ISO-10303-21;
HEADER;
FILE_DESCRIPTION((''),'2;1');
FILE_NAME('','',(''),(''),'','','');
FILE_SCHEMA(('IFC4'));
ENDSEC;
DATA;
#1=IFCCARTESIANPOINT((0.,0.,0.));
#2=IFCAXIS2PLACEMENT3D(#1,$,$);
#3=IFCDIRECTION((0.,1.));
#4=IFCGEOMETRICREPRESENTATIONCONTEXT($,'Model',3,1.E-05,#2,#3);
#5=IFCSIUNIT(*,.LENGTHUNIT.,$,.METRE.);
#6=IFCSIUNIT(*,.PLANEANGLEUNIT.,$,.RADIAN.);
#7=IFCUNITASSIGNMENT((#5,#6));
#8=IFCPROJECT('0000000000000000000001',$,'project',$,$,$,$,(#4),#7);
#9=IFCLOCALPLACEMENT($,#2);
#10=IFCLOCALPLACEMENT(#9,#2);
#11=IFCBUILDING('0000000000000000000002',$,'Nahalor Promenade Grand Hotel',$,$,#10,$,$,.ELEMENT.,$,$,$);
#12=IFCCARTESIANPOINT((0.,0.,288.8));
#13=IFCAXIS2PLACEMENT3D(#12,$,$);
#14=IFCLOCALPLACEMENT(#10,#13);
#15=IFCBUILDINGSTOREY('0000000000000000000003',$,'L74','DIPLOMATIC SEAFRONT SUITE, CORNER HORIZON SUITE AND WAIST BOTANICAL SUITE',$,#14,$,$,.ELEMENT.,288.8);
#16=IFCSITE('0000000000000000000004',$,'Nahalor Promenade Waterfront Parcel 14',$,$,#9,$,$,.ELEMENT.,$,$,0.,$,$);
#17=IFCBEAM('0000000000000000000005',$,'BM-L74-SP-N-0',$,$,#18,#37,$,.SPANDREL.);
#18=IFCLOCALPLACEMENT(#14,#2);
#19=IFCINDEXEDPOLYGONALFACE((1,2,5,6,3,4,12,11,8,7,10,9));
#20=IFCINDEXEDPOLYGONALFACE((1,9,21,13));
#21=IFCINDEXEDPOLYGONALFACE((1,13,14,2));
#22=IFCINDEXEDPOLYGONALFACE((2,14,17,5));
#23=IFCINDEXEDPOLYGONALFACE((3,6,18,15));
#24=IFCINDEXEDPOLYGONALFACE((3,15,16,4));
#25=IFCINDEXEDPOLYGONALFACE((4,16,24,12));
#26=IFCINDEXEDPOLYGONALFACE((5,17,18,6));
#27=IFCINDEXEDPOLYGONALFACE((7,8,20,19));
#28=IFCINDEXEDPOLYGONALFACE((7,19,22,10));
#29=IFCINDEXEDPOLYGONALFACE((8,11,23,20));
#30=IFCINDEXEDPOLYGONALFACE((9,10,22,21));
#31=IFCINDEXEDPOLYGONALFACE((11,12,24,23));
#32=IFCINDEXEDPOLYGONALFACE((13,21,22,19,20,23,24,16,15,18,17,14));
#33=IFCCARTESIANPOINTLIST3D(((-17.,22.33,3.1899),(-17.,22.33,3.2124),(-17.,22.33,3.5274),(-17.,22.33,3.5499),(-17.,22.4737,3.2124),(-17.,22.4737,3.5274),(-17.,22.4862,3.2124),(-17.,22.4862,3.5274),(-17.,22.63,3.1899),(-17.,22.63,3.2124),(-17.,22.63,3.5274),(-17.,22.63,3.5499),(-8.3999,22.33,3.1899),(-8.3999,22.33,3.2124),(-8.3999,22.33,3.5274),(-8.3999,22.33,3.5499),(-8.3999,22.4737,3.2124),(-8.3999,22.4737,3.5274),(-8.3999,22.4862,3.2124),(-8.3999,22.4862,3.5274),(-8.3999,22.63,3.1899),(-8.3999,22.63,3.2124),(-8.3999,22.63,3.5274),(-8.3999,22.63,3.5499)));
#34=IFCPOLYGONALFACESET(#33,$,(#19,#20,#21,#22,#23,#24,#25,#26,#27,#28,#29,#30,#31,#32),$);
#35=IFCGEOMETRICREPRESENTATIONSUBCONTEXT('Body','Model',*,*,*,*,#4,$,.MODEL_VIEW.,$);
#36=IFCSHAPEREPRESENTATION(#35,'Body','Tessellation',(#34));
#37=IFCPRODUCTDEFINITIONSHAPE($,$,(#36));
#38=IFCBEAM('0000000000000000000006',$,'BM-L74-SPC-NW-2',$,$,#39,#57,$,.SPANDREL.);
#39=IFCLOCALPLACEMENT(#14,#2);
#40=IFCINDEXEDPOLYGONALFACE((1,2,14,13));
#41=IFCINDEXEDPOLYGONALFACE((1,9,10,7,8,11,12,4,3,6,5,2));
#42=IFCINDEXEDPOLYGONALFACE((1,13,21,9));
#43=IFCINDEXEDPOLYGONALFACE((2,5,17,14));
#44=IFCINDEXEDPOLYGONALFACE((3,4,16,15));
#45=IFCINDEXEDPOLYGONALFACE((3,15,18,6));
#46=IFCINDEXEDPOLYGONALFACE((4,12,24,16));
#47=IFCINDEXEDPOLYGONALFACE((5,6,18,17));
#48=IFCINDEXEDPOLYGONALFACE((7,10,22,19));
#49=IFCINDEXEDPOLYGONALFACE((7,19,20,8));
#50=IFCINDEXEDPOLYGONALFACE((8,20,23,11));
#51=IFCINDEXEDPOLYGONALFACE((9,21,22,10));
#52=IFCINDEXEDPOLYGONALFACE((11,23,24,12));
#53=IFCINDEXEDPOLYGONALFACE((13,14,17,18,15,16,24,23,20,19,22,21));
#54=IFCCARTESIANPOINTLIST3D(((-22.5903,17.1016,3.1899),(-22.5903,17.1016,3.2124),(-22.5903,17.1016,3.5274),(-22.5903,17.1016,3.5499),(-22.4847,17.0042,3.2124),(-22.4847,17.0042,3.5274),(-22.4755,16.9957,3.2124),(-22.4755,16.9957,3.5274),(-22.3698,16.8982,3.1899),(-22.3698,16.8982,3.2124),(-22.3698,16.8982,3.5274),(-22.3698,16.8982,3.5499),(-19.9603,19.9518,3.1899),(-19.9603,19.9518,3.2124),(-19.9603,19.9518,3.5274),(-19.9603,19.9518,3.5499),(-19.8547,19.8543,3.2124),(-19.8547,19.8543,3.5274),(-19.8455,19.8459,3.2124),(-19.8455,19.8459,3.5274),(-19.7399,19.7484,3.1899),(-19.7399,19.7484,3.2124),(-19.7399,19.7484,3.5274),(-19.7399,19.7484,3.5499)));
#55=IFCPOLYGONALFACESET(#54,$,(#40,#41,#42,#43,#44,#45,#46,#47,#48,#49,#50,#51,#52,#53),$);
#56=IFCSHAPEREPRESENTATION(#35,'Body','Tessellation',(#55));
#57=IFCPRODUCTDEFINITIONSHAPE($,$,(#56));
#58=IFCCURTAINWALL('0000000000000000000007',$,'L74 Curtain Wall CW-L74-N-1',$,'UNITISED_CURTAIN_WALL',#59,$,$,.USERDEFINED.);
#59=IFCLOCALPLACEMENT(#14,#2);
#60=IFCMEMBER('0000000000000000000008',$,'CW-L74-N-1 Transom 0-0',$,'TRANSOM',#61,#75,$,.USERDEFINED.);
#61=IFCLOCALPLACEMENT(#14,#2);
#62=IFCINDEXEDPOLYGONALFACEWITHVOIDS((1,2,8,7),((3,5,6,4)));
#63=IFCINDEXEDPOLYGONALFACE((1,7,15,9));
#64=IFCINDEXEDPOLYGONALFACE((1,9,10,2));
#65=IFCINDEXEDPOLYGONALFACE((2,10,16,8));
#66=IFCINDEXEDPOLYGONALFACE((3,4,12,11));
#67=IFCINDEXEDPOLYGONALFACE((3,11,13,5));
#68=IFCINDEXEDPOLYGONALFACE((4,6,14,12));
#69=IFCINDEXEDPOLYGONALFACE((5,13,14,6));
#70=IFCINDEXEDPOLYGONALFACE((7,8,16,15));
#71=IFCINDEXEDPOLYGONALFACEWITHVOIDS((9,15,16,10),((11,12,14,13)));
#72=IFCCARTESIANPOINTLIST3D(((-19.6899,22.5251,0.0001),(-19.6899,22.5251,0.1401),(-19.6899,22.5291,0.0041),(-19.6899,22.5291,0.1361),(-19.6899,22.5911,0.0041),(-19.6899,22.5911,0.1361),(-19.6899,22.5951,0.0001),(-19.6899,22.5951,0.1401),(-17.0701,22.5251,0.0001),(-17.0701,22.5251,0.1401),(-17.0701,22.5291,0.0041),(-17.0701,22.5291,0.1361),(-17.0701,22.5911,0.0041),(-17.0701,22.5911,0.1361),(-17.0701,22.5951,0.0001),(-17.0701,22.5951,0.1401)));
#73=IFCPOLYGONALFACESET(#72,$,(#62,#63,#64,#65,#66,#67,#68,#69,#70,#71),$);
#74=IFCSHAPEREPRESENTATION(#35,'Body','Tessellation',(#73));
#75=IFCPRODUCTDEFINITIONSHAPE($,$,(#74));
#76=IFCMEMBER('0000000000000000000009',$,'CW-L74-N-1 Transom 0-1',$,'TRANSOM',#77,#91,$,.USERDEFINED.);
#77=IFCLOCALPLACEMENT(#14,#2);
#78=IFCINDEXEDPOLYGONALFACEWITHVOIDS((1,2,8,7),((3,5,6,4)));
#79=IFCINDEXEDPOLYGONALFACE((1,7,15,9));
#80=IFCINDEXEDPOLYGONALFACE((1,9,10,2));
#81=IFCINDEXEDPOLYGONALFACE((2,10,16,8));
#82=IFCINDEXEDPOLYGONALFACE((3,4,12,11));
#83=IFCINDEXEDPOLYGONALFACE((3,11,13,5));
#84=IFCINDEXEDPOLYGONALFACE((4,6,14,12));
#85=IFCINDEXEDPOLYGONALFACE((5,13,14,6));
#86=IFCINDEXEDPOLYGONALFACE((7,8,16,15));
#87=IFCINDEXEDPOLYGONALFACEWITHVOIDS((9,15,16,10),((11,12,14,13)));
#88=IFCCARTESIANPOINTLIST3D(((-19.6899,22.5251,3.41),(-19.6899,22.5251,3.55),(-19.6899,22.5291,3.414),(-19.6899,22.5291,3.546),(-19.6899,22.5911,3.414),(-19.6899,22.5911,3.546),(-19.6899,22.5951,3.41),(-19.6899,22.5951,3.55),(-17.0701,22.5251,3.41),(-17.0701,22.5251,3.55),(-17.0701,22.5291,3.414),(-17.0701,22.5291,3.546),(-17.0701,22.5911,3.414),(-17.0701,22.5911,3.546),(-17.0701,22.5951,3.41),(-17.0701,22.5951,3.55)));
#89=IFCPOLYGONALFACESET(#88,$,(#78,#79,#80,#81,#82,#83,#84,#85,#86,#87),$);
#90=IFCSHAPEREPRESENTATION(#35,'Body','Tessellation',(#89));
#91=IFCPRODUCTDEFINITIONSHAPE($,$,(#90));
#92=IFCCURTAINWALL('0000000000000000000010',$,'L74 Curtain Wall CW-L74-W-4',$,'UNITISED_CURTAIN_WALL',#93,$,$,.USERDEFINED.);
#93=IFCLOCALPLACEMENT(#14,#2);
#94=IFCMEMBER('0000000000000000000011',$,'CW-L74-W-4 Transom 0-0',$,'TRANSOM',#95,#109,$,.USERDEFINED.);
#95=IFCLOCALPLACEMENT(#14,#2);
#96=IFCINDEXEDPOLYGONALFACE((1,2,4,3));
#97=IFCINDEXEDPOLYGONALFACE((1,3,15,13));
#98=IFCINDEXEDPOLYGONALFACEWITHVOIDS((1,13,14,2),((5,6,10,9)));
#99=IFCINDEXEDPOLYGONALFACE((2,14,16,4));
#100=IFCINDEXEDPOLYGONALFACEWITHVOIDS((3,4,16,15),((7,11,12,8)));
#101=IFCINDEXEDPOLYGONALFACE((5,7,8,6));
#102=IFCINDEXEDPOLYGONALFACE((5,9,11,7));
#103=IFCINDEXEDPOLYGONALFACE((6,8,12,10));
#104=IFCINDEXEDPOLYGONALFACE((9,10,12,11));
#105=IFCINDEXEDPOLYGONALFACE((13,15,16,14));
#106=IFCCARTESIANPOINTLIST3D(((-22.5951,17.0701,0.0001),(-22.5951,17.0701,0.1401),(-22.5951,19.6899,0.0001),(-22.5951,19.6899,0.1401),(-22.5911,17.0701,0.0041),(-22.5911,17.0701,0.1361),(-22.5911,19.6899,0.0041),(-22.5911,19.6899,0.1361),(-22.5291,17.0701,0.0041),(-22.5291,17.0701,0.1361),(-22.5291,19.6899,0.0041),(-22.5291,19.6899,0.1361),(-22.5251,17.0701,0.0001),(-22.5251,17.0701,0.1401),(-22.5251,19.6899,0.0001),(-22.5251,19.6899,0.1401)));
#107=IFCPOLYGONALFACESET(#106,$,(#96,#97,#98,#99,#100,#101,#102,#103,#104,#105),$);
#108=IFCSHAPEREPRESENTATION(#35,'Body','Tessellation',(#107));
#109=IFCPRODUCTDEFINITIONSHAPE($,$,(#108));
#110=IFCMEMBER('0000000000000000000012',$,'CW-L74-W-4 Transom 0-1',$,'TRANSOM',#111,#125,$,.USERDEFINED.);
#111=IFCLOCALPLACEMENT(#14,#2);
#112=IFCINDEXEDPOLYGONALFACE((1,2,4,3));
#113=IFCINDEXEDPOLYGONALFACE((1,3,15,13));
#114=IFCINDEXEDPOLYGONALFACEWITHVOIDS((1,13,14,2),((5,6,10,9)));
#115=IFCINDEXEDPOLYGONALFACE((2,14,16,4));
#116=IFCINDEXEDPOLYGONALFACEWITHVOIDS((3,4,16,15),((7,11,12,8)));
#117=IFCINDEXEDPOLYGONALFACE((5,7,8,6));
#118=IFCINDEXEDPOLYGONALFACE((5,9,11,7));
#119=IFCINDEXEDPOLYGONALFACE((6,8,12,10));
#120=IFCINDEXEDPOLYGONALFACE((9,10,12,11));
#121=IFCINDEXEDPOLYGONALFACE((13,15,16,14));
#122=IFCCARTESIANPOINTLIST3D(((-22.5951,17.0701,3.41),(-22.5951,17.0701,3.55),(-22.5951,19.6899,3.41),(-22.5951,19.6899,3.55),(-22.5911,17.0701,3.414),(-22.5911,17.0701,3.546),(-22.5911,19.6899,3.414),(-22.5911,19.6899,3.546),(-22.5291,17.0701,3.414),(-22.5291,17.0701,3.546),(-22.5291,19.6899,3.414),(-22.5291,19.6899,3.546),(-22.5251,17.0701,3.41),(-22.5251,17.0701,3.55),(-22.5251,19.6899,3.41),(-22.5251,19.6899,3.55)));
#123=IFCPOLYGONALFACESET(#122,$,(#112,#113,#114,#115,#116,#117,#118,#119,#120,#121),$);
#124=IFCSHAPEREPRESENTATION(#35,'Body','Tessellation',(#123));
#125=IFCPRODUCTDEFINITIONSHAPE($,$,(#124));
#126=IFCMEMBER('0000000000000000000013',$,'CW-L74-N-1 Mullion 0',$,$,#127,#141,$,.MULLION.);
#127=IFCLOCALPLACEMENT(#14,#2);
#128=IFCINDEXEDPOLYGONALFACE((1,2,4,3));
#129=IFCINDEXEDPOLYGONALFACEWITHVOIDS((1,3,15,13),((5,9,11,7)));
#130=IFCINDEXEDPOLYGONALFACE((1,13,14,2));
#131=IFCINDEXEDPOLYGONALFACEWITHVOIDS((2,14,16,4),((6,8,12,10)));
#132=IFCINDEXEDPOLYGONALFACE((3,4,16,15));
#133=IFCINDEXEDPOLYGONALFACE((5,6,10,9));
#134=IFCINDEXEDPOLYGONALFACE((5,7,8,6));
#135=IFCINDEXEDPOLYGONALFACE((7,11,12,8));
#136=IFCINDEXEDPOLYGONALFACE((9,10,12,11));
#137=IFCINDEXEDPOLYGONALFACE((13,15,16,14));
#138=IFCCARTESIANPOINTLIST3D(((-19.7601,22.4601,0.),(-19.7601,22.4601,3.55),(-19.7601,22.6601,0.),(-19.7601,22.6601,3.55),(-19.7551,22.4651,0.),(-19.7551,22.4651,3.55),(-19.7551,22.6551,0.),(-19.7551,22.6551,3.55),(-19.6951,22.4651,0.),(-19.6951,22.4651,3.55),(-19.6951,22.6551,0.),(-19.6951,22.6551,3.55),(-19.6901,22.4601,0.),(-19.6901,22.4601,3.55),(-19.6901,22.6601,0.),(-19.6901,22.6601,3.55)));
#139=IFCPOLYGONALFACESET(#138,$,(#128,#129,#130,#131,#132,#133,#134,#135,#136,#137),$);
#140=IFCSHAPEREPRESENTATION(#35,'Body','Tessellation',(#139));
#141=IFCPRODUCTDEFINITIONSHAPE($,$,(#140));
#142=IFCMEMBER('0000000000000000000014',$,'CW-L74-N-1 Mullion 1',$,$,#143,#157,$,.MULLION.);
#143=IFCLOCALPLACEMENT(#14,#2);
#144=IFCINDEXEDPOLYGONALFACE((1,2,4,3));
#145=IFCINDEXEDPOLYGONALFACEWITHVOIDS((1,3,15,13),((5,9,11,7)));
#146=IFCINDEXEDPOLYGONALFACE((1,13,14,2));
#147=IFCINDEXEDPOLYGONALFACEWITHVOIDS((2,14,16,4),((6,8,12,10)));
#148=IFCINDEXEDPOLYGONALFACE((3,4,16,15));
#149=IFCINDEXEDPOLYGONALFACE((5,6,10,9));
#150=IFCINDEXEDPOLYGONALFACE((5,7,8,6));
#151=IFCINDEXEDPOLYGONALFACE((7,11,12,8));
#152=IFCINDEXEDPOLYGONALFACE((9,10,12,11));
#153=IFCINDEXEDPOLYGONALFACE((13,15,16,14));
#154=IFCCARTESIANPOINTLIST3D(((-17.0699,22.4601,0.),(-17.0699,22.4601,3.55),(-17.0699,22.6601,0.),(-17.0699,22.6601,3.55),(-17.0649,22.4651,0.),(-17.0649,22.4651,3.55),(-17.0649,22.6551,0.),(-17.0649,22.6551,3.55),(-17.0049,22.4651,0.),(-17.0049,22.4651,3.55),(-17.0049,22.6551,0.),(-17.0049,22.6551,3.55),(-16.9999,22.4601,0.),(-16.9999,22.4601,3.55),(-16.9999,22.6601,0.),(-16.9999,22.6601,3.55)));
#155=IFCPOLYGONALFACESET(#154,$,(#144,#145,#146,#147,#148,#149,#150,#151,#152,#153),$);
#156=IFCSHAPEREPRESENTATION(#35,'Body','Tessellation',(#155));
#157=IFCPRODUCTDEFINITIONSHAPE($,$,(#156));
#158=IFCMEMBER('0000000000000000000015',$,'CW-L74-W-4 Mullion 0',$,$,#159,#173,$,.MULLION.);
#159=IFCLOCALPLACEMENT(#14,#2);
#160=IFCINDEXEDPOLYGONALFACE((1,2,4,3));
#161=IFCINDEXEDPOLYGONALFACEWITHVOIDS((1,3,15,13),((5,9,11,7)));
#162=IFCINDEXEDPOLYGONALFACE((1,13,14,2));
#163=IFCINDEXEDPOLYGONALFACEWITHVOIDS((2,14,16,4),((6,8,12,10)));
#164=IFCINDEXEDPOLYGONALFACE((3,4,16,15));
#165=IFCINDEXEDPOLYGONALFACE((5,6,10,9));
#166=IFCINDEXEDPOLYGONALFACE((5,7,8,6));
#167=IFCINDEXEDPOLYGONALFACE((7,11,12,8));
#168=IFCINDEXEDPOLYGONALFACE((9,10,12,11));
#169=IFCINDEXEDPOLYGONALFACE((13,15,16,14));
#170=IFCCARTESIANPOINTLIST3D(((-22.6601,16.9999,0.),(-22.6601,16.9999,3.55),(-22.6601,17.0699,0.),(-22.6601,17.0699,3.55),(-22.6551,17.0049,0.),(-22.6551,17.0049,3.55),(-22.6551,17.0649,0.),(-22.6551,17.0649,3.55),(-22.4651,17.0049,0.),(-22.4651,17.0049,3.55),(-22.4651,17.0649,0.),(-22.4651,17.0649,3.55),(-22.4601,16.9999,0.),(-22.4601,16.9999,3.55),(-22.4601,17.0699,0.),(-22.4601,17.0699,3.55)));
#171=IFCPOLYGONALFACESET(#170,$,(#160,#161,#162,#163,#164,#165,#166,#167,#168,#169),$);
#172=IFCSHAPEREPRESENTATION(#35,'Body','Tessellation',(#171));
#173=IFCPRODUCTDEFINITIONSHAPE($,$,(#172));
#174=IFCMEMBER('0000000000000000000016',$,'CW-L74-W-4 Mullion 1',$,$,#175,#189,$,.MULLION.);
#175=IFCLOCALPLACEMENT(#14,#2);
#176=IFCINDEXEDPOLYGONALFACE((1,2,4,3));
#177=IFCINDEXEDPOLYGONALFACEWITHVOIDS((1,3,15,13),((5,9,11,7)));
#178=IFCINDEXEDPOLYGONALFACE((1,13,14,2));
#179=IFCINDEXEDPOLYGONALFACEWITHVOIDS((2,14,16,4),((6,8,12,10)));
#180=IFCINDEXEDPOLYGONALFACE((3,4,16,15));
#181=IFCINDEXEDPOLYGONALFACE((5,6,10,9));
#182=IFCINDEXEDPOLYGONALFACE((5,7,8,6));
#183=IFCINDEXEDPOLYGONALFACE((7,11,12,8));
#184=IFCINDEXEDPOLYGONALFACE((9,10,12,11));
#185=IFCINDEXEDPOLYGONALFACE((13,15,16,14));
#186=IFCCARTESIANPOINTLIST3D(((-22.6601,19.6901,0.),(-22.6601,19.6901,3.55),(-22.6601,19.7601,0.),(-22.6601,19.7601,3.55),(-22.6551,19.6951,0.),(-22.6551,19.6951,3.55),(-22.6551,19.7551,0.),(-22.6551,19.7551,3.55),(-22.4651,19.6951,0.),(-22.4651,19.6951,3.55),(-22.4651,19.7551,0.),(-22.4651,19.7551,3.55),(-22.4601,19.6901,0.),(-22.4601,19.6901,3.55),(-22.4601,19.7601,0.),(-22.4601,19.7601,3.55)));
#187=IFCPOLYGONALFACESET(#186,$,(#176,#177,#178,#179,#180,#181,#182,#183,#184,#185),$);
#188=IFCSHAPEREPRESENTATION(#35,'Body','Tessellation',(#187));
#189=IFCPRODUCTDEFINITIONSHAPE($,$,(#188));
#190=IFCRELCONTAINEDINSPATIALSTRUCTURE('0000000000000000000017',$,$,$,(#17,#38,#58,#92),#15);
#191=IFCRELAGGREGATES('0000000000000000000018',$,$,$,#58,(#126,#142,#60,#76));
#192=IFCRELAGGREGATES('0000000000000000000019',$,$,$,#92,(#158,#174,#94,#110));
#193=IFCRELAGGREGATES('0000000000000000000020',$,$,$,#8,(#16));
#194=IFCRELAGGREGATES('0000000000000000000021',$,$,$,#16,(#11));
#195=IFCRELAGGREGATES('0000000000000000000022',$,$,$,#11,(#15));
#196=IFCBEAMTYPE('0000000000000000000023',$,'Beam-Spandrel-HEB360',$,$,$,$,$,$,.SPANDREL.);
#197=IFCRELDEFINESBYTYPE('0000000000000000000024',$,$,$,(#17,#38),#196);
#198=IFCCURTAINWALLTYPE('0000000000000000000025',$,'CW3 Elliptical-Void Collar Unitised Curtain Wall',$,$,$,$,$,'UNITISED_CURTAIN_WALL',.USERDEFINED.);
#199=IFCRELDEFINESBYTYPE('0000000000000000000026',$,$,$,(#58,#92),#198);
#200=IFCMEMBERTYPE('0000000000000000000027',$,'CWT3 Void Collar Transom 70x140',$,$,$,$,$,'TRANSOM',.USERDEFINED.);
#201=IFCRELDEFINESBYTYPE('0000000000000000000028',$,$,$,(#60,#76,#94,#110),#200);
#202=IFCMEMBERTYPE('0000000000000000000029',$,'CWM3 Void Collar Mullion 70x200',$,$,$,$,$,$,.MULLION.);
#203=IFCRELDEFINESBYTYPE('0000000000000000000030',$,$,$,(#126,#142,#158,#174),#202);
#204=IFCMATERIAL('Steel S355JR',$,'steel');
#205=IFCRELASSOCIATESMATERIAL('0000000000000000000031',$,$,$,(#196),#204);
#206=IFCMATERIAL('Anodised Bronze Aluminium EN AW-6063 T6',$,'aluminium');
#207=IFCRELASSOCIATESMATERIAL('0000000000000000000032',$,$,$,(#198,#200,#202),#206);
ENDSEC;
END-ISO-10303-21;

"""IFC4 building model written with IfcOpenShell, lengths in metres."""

from ifc_helpers import new_model, si_unit, direction, frame, origin, origin_2d, place, context, subcontext, project, spatial, hollow_rectangle, i_section, extrude, source, transform, mapped, material, material_profile, profile_set, type_object, element, aggregate, save


model = new_model("IFC4")

# Units and contexts
model_context = context("Model", 3, precision=1e-05, world=origin(), true_north=direction((0.0, 1.0)))
body_context = subcontext(model_context, "Body", "Model", "MODEL_VIEW")
ifc_project = project(units=[si_unit("LENGTHUNIT", "METRE"), si_unit("PLANEANGLEUNIT", "RADIAN")], contexts=[model_context])

# Site, building, storey
site_placement = place(None, origin())
site = spatial("IfcSite", under=ifc_project, at=site_placement, Name="Nahalor Promenade Waterfront Parcel 14", CompositionType="ELEMENT", RefElevation=0.0)
building_placement = place(site_placement, origin())
building = spatial("IfcBuilding", under=site, at=building_placement, Name="Nahalor Promenade Grand Hotel", CompositionType="ELEMENT")
storey_placement = place(building_placement, frame((0.0, 0.0, 288.8)))
storey = spatial("IfcBuildingStorey", under=building, at=storey_placement, Name="L74", Description="DIPLOMATIC SEAFRONT SUITE, CORNER HORIZON SUITE AND WAIST BOTANICAL SUITE", CompositionType="ELEMENT", Elevation=288.8)

# Shared definitions
ifc_material_1 = material(Name="Steel S355JR", Category="steel")

# Beams
ifc_material_profile_1 = material_profile(ifc_material_1, i_section(OverallWidth=0.3, OverallDepth=0.36, WebThickness=0.0125, FlangeThickness=0.0225, at=origin_2d()), Name="HEB 360")
ifc_profile_set_1 = profile_set([ifc_material_profile_1], Name="Steel S355JR")
beam_type_1 = type_object("IfcBeamType", Name="Beam-Spandrel-HEB360", PredefinedType="SPANDREL", material=ifc_profile_set_1)
shared_shape_1 = source(origin(), body_context, "Body", "SweptSolid", [
    extrude(i_section(OverallWidth=0.3, OverallDepth=0.36, WebThickness=0.0125, FlangeThickness=0.0225, at=origin_2d()), origin(), (0.0, 0.0, 1.0), 8.6001),
])
beam_1_placement = place(storey_placement, frame((-17.0, 22.48, 3.3699), z_axis=(1.0, 0.0, 0.0), x_axis=(0.0, 1.0, 0.0)))
element("IfcBeam", 1, at=beam_1_placement, inside=storey, type_object=beam_type_1, Name="BM-L74-SP-N-0", PredefinedType="SPANDREL", context=body_context, shape_type="MappedRepresentation", body=[
    mapped(shared_shape_1, transform((0.0, 0.0, 0.0), scale=1.0)),
])
shared_shape_2 = source(origin(), body_context, "Body", "SweptSolid", [
    extrude(i_section(OverallWidth=0.3, OverallDepth=0.36, WebThickness=0.0125, FlangeThickness=0.0225, at=origin_2d()), origin(), (0.0, 0.0, 1.0), 3.8782),
])
beam_2_placement = place(storey_placement, frame((-19.8501, 19.8501, 3.3699), z_axis=(-0.678144, -0.734929, 0.0), x_axis=(0.734929, -0.678144, 0.0)))
element("IfcBeam", 2, at=beam_2_placement, inside=storey, type_object=beam_type_1, Name="BM-L74-SPC-NW-2", PredefinedType="SPANDREL", context=body_context, shape_type="MappedRepresentation", body=[
    mapped(shared_shape_2, transform((0.0, 0.0, 0.0), scale=1.0)),
])

# Curtain walls, members
ifc_material_2 = material(Name="Anodised Bronze Aluminium EN AW-6063 T6", Category="aluminium")
curtain_wall_type = type_object("IfcCurtainWallType", Name="CW3 Elliptical-Void Collar Unitised Curtain Wall", ElementType="UNITISED_CURTAIN_WALL", PredefinedType="USERDEFINED", material=ifc_material_2)
curtain_wall_1_placement = place(storey_placement, origin())
curtain_wall_1 = element("IfcCurtainWall", 3, at=curtain_wall_1_placement, inside=storey, type_object=curtain_wall_type, Name="L74 Curtain Wall CW-L74-N-1", ObjectType="UNITISED_CURTAIN_WALL", PredefinedType="USERDEFINED")
ifc_material_profile_2 = material_profile(ifc_material_2, hollow_rectangle(XDim=0.07, YDim=0.14, WallThickness=0.004, at=origin_2d()), Name="CWT 70x140x4")
ifc_profile_set_2 = profile_set([ifc_material_profile_2], Name="Anodised Bronze Aluminium EN AW-6063 T6")
member_type_1 = type_object("IfcMemberType", Name="CWT3 Void Collar Transom 70x140", ElementType="TRANSOM", PredefinedType="USERDEFINED", material=ifc_profile_set_2)
shared_shape_3 = source(origin(), body_context, "Body", "SweptSolid", [
    extrude(hollow_rectangle(XDim=0.07, YDim=0.14, WallThickness=0.004, at=origin_2d()), origin(), (0.0, 0.0, 1.0), 2.6199),
])
member_1_placement = place(storey_placement, frame((-19.6899, 22.5601, 0.0701), z_axis=(1.0, 0.0, 0.0), x_axis=(0.0, 1.0, 0.0)))
member_1 = element("IfcMember", 4, at=member_1_placement, type_object=member_type_1, Name="CW-L74-N-1 Transom 0-0", ObjectType="TRANSOM", PredefinedType="USERDEFINED", context=body_context, shape_type="MappedRepresentation", body=[
    mapped(shared_shape_3, transform((0.0, 0.0, 0.0), scale=1.0)),
])
member_2_placement = place(storey_placement, frame((-19.6899, 22.5601, 3.48), z_axis=(1.0, 0.0, 0.0), x_axis=(0.0, 1.0, 0.0)))
member_2 = element("IfcMember", 5, at=member_2_placement, type_object=member_type_1, Name="CW-L74-N-1 Transom 0-1", ObjectType="TRANSOM", PredefinedType="USERDEFINED", context=body_context, shape_type="MappedRepresentation", body=[
    mapped(shared_shape_3, transform((0.0, 0.0, 0.0), scale=1.0)),
])
curtain_wall_2_placement = place(storey_placement, origin())
curtain_wall_2 = element("IfcCurtainWall", 6, at=curtain_wall_2_placement, inside=storey, type_object=curtain_wall_type, Name="L74 Curtain Wall CW-L74-W-4", ObjectType="UNITISED_CURTAIN_WALL", PredefinedType="USERDEFINED")
member_3_placement = place(storey_placement, frame((-22.5601, 17.0701, 0.0701), z_axis=(0.0, 1.0, 0.0), x_axis=(-1.0, 0.0, 0.0)))
member_3 = element("IfcMember", 7, at=member_3_placement, type_object=member_type_1, Name="CW-L74-W-4 Transom 0-0", ObjectType="TRANSOM", PredefinedType="USERDEFINED", context=body_context, shape_type="MappedRepresentation", body=[
    mapped(shared_shape_3, transform((0.0, 0.0, 0.0), scale=1.0)),
])
member_4_placement = place(storey_placement, frame((-22.5601, 17.0701, 3.48), z_axis=(0.0, 1.0, 0.0), x_axis=(-1.0, 0.0, 0.0)))
member_4 = element("IfcMember", 8, at=member_4_placement, type_object=member_type_1, Name="CW-L74-W-4 Transom 0-1", ObjectType="TRANSOM", PredefinedType="USERDEFINED", context=body_context, shape_type="MappedRepresentation", body=[
    mapped(shared_shape_3, transform((0.0, 0.0, 0.0), scale=1.0)),
])

# Members
ifc_material_profile_3 = material_profile(ifc_material_2, hollow_rectangle(XDim=0.07, YDim=0.2, WallThickness=0.005, at=origin_2d()), Name="CWM 70x200x5")
ifc_profile_set_3 = profile_set([ifc_material_profile_3], Name="Anodised Bronze Aluminium EN AW-6063 T6")
member_type_2 = type_object("IfcMemberType", Name="CWM3 Void Collar Mullion 70x200", PredefinedType="MULLION", material=ifc_profile_set_3)
shared_shape_4 = source(origin(), body_context, "Body", "SweptSolid", [
    extrude(hollow_rectangle(XDim=0.07, YDim=0.2, WallThickness=0.005, at=origin_2d()), origin(), (0.0, 0.0, 1.0), 3.55),
])
member_5_placement = place(storey_placement, frame((-19.7251, 22.5601, 0.0), z_axis=(0.0, 0.0, 1.0), x_axis=(1.0, 0.0, 0.0)))
member_5 = element("IfcMember", 9, at=member_5_placement, type_object=member_type_2, Name="CW-L74-N-1 Mullion 0", PredefinedType="MULLION", context=body_context, shape_type="MappedRepresentation", body=[
    mapped(shared_shape_4, transform((0.0, 0.0, 0.0), scale=1.0)),
])
member_6_placement = place(storey_placement, frame((-17.0349, 22.5601, 0.0), z_axis=(0.0, 0.0, 1.0), x_axis=(1.0, 0.0, 0.0)))
member_6 = element("IfcMember", 10, at=member_6_placement, type_object=member_type_2, Name="CW-L74-N-1 Mullion 1", PredefinedType="MULLION", context=body_context, shape_type="MappedRepresentation", body=[
    mapped(shared_shape_4, transform((0.0, 0.0, 0.0), scale=1.0)),
])
member_7_placement = place(storey_placement, frame((-22.5601, 17.0349, 0.0), z_axis=(0.0, 0.0, 1.0), x_axis=(0.0, 1.0, 0.0)))
member_7 = element("IfcMember", 11, at=member_7_placement, type_object=member_type_2, Name="CW-L74-W-4 Mullion 0", PredefinedType="MULLION", context=body_context, shape_type="MappedRepresentation", body=[
    mapped(shared_shape_4, transform((0.0, 0.0, 0.0), scale=1.0)),
])
member_8_placement = place(storey_placement, frame((-22.5601, 19.7251, 0.0), z_axis=(0.0, 0.0, 1.0), x_axis=(0.0, 1.0, 0.0)))
member_8 = element("IfcMember", 12, at=member_8_placement, type_object=member_type_2, Name="CW-L74-W-4 Mullion 1", PredefinedType="MULLION", context=body_context, shape_type="MappedRepresentation", body=[
    mapped(shared_shape_4, transform((0.0, 0.0, 0.0), scale=1.0)),
])

aggregate(curtain_wall_1, [member_5, member_6, member_1, member_2])
aggregate(curtain_wall_2, [member_7, member_8, member_3, member_4])

save(model, "model.ifc")
